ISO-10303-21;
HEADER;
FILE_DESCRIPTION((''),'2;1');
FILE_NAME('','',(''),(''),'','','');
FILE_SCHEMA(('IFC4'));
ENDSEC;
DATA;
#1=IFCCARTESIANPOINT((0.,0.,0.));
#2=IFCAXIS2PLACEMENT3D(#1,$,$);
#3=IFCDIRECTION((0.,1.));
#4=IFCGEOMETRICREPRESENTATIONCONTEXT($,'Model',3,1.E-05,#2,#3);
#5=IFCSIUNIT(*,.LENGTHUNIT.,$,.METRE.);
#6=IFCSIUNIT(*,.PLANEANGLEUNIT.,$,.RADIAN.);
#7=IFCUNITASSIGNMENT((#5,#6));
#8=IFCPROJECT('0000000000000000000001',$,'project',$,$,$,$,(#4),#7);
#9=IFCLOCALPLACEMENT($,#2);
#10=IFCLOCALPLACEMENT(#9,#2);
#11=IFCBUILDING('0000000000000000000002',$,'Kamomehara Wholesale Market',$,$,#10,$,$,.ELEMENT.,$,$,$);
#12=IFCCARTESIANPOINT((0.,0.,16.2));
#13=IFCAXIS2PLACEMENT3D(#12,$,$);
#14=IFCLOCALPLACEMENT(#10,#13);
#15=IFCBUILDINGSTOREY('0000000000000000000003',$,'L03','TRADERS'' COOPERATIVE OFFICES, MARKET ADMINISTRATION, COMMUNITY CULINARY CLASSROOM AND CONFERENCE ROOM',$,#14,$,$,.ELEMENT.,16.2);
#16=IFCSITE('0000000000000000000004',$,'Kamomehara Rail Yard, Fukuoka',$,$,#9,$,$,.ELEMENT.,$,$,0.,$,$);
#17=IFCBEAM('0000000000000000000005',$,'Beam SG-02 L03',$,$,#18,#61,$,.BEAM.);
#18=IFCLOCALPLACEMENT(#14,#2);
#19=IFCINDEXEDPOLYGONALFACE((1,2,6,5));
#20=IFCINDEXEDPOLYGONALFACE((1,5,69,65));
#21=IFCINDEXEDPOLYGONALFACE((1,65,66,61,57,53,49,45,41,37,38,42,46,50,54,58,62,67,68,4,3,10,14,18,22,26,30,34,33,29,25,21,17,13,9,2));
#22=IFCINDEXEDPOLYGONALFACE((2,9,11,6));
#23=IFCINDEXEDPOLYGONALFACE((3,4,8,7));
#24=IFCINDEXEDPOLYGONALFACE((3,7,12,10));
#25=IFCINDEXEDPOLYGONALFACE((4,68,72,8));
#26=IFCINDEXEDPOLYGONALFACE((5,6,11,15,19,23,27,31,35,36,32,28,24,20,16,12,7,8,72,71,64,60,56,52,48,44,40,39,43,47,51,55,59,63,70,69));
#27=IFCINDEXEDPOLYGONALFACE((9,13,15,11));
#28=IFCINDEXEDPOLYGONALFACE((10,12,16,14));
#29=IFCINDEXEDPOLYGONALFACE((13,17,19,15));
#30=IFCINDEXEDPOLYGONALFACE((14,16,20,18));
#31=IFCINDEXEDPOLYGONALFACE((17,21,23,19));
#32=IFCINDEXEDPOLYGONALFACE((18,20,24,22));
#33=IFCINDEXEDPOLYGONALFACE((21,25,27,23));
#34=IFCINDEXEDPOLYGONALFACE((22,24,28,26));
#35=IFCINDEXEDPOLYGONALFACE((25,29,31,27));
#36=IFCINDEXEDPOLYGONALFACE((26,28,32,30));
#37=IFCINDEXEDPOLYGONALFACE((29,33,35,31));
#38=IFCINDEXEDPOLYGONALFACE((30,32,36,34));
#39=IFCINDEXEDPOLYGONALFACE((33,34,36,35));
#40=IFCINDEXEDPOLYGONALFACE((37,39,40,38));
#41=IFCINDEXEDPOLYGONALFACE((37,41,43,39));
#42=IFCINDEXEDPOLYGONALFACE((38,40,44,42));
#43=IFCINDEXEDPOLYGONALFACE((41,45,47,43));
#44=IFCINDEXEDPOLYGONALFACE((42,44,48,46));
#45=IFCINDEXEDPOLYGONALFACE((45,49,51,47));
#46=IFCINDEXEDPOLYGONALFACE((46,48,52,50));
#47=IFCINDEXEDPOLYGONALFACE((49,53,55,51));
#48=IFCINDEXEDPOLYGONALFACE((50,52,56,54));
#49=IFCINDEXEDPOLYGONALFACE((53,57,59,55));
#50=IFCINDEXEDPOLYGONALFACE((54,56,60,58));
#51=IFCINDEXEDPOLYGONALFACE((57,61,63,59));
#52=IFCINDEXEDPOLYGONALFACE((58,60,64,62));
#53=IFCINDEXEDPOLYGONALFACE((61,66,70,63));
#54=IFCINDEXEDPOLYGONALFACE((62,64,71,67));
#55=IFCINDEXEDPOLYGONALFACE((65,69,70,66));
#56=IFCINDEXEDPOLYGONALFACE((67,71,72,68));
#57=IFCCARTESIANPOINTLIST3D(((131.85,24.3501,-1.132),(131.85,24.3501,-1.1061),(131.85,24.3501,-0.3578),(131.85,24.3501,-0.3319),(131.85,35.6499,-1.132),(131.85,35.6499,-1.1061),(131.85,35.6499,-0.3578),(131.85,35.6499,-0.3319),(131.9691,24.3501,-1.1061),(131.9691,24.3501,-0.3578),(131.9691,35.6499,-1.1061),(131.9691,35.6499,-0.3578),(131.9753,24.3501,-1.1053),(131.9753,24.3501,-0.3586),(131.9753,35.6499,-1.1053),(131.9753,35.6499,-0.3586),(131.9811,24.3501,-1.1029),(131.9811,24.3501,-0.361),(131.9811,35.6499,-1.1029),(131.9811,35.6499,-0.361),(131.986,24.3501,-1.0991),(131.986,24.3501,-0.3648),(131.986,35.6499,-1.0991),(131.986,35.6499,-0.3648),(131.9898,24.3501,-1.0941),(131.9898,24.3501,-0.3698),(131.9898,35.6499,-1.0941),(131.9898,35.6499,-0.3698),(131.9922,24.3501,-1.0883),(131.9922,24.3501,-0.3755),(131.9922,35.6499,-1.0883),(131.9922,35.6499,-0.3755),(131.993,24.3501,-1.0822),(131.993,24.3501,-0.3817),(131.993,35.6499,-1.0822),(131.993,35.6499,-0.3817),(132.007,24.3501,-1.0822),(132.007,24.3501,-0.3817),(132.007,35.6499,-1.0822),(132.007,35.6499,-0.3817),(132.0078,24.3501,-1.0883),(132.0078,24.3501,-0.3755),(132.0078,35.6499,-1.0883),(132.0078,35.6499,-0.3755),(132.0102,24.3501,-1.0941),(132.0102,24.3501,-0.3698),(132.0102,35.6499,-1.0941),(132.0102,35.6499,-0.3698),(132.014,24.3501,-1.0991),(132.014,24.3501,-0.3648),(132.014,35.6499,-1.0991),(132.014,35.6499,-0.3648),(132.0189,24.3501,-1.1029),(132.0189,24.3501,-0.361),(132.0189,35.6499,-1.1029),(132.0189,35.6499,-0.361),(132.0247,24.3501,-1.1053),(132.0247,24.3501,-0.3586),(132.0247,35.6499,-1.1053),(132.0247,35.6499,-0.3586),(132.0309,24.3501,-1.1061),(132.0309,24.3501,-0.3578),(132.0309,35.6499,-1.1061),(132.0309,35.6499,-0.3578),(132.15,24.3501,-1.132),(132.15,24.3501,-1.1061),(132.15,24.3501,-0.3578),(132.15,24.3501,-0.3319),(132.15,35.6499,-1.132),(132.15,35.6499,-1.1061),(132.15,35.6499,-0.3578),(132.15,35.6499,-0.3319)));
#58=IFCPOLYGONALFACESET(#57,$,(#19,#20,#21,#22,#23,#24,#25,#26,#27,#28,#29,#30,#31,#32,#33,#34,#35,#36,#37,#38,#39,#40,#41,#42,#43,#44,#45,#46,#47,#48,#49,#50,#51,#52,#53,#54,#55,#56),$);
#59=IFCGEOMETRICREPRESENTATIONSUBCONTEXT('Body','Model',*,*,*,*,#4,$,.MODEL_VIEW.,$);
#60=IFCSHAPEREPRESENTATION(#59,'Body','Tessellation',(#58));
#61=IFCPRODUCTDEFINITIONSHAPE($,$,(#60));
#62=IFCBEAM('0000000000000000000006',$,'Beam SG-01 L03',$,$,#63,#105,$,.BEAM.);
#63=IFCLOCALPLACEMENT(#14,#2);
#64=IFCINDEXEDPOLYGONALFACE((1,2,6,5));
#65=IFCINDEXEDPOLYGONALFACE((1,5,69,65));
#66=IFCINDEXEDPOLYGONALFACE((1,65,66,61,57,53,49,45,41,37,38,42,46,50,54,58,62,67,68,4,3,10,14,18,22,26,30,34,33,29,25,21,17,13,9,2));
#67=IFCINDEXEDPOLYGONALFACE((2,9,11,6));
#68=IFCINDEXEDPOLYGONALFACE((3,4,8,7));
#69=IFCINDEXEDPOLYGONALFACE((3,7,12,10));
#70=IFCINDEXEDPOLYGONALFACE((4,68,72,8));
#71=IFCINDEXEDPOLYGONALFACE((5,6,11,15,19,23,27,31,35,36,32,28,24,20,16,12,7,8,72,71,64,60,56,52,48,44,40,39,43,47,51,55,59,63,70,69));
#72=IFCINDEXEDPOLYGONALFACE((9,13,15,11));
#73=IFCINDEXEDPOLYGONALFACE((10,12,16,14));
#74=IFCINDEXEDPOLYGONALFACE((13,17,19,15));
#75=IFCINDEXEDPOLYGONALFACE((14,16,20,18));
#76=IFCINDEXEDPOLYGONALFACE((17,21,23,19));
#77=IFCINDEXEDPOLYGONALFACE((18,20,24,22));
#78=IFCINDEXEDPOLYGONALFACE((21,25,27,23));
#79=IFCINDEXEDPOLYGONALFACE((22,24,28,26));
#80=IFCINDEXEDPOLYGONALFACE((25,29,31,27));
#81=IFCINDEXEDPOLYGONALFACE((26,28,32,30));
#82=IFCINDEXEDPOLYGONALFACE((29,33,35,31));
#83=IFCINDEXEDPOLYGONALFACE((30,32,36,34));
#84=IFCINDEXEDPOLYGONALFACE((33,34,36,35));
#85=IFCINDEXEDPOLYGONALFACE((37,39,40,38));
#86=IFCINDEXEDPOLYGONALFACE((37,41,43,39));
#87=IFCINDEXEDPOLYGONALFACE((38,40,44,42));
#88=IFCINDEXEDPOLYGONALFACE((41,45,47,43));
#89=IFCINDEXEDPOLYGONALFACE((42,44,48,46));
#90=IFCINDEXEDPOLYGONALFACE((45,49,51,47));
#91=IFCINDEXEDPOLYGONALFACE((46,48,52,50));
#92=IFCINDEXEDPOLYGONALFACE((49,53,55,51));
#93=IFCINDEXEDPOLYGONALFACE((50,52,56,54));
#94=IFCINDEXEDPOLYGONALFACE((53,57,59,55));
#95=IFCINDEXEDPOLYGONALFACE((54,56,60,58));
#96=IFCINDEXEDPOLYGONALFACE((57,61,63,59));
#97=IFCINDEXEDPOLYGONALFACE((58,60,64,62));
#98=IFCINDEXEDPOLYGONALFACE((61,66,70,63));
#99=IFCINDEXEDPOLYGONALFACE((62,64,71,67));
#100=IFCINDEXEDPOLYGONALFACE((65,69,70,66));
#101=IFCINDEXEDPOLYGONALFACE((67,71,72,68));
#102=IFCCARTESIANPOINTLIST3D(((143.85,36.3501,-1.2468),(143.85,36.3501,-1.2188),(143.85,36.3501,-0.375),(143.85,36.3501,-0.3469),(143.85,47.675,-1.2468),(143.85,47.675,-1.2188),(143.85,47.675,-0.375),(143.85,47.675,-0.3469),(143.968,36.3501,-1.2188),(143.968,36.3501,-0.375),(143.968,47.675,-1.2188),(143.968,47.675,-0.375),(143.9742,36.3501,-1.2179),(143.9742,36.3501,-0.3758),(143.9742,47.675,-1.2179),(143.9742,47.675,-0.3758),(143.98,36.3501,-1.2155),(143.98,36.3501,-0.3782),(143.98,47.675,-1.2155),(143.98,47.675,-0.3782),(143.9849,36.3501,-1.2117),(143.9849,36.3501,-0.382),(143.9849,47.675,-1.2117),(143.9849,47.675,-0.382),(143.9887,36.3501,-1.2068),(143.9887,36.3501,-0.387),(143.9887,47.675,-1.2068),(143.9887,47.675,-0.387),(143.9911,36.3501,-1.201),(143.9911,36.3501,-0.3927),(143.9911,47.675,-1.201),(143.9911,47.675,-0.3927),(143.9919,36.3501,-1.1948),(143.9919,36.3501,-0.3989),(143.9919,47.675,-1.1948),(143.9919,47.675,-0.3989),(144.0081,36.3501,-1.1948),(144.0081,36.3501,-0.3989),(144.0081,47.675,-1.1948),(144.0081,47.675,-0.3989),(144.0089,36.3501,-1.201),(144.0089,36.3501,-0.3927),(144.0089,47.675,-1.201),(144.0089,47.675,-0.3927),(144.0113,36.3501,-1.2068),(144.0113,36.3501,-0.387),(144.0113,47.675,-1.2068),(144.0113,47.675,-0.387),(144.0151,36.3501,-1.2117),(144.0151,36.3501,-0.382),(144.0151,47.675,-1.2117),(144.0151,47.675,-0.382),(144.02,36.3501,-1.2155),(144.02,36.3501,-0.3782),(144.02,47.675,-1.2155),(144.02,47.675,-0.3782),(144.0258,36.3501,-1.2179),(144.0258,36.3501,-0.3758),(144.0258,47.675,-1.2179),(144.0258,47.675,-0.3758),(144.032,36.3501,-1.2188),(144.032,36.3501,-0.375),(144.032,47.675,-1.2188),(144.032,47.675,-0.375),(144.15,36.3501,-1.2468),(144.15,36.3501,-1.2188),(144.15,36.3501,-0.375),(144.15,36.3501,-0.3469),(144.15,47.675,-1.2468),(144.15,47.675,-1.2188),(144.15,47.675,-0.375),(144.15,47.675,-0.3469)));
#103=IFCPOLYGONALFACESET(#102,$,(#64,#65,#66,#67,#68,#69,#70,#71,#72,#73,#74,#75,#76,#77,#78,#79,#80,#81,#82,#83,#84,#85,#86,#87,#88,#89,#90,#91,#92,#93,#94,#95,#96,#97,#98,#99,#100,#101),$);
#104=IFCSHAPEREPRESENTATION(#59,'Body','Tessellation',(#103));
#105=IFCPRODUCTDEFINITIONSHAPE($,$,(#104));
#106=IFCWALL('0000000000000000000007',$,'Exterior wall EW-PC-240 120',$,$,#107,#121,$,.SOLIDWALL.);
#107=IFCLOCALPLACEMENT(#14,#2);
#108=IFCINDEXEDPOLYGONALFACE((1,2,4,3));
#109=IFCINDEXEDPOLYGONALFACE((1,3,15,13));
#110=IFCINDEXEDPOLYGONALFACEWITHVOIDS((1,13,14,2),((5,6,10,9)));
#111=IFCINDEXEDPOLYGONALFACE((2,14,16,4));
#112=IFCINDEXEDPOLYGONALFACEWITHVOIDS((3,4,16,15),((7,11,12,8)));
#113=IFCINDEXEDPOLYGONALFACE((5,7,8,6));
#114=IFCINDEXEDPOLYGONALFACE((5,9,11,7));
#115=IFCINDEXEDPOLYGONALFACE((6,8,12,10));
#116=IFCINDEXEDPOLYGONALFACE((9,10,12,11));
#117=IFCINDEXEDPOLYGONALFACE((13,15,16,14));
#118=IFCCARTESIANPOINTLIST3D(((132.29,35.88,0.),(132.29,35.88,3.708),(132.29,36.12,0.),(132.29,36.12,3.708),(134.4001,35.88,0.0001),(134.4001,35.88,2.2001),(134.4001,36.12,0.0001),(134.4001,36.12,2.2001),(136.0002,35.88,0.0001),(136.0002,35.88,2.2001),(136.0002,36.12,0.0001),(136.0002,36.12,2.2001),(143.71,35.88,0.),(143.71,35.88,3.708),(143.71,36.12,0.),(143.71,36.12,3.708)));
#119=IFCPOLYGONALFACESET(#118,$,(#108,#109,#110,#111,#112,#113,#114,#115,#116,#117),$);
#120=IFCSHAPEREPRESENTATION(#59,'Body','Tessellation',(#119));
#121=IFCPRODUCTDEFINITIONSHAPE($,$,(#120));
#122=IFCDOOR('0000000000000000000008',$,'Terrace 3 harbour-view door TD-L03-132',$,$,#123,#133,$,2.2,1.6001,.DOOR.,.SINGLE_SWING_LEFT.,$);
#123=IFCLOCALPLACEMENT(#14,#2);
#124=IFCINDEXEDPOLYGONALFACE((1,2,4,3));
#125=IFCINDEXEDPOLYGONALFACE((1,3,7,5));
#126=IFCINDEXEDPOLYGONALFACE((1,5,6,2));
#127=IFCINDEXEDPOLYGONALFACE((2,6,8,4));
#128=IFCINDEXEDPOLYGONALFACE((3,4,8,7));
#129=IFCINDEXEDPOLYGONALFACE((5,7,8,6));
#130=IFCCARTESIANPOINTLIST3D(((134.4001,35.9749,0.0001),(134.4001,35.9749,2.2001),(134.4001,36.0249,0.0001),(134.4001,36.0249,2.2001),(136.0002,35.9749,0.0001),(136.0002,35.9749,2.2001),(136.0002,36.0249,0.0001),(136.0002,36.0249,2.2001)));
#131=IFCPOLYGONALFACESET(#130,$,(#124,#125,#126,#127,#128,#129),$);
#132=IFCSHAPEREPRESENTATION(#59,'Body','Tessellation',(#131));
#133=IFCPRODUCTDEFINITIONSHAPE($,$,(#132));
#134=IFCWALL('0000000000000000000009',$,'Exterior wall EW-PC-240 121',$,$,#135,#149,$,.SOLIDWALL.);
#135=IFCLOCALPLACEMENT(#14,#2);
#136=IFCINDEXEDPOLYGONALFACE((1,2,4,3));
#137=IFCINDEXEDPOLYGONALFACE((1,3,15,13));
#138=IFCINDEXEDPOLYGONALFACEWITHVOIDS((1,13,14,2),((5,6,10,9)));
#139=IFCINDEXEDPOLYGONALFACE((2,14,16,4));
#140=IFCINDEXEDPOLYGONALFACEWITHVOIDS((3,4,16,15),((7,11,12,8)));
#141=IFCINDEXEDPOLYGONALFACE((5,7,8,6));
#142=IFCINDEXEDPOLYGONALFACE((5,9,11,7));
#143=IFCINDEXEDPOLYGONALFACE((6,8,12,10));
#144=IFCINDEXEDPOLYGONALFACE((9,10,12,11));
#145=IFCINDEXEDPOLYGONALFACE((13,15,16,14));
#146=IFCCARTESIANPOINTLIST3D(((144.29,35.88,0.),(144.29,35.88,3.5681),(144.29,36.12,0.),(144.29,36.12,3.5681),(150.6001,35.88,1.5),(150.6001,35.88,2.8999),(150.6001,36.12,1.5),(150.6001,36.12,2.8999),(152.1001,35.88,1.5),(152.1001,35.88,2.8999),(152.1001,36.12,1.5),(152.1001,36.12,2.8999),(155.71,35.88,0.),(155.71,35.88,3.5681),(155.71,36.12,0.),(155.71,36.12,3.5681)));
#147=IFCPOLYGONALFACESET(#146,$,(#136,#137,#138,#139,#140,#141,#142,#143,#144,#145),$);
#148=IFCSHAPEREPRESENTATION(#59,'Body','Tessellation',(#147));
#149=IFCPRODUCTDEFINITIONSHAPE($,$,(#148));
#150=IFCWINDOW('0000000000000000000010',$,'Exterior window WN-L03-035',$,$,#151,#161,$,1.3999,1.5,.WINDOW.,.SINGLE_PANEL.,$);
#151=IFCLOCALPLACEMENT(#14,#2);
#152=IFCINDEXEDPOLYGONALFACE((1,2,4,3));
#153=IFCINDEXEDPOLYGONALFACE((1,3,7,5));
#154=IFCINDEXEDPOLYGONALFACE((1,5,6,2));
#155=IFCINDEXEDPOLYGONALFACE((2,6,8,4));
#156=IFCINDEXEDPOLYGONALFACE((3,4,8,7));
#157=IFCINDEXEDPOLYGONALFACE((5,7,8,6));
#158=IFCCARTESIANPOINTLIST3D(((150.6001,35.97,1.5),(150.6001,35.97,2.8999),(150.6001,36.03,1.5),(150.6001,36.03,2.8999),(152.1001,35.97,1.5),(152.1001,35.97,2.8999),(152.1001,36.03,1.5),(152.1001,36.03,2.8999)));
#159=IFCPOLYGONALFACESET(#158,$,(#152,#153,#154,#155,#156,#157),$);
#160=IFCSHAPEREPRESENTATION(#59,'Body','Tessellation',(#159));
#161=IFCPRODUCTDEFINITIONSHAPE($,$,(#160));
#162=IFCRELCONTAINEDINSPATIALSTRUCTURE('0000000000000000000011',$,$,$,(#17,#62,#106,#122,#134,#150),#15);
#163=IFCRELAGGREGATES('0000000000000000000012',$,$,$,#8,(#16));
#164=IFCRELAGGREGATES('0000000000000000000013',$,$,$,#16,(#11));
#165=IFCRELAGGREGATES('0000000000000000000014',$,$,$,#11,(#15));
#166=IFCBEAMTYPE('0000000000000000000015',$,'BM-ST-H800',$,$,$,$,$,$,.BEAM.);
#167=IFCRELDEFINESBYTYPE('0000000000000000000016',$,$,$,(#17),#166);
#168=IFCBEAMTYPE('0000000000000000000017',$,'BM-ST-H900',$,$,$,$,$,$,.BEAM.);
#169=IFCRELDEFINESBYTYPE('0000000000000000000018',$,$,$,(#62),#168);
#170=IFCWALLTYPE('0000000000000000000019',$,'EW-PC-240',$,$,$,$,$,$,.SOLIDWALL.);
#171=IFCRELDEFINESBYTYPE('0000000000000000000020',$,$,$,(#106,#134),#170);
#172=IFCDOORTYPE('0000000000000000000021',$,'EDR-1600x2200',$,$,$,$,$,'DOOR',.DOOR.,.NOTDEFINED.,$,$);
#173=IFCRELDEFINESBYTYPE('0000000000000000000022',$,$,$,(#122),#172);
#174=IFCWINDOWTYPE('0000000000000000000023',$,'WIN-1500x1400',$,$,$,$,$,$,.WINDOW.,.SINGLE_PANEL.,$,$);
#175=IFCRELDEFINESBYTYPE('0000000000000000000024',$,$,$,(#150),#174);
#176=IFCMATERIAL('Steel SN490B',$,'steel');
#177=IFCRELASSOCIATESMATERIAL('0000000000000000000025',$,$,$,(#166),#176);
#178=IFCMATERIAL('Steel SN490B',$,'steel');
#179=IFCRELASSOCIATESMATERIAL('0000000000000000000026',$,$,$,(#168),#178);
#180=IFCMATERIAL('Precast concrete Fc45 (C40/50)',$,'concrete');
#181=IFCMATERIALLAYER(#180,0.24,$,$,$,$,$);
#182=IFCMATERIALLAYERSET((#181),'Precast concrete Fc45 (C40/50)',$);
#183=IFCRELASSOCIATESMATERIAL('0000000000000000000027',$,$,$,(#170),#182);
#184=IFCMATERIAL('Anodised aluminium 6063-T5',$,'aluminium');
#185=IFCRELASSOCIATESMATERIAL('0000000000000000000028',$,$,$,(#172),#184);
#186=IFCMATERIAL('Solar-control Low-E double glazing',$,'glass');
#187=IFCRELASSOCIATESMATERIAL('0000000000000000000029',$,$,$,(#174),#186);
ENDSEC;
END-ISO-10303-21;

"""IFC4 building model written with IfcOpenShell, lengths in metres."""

from ifc_helpers import new_model, si_unit, direction, frame, frame_2d, origin, origin_2d, place, context, subcontext, project, spatial, rectangle, i_section, extrude, material, layer, layer_set, material_profile, profile_set, type_object, element, fill, save


model = new_model("IFC4")

# Units and contexts
model_context = context("Model", 3, precision=1e-05, world=origin(), true_north=direction((0.0, 1.0)))
body_context = subcontext(model_context, "Body", "Model", "MODEL_VIEW")
ifc_project = project(units=[si_unit("LENGTHUNIT", "METRE"), si_unit("PLANEANGLEUNIT", "RADIAN")], contexts=[model_context])

# Site, building, storey
site_placement = place(None, origin())
site = spatial("IfcSite", under=ifc_project, at=site_placement, Name="Kamomehara Rail Yard, Fukuoka", CompositionType="ELEMENT", RefElevation=0.0)
building_placement = place(site_placement, origin())
building = spatial("IfcBuilding", under=site, at=building_placement, Name="Kamomehara Wholesale Market", CompositionType="ELEMENT")
storey_placement = place(building_placement, frame((0.0, 0.0, 16.2)))
storey = spatial("IfcBuildingStorey", under=building, at=storey_placement, Name="L03", Description="TRADERS' COOPERATIVE OFFICES, MARKET ADMINISTRATION, COMMUNITY CULINARY CLASSROOM AND CONFERENCE ROOM", CompositionType="ELEMENT", Elevation=16.2)

# Beams
ifc_material_1 = material(Name="Steel SN490B", Category="steel")
ifc_material_profile_1 = material_profile(ifc_material_1, i_section(OverallWidth=0.3, OverallDepth=0.8, WebThickness=0.0139, FlangeThickness=0.0259, FilletRadius=0.0239, at=origin_2d()), Name="H-800x300x14x26")
ifc_profile_set_1 = profile_set([ifc_material_profile_1], Name="Steel SN490B")
beam_type_1 = type_object("IfcBeamType", Name="BM-ST-H800", PredefinedType="BEAM", material=ifc_profile_set_1)
beam_1_placement = place(storey_placement, frame((132.0, 24.3501, -0.7319), z_axis=(0.0, 1.0, 0.0), x_axis=(-1.0, 0.0, 0.0)))
element("IfcBeam", 1, at=beam_1_placement, inside=storey, type_object=beam_type_1, Name="Beam SG-02 L03", PredefinedType="BEAM", context=body_context, shape_type="SweptSolid", body=[
    extrude(i_section(OverallWidth=0.3, OverallDepth=0.8, WebThickness=0.0139, FlangeThickness=0.0259, FilletRadius=0.0239, at=origin_2d()), origin(), (0.0, 0.0, 1.0), 11.2998),
])
ifc_material_2 = material(Name="Steel SN490B", Category="steel")
ifc_material_profile_2 = material_profile(ifc_material_2, i_section(OverallWidth=0.3, OverallDepth=0.8999, WebThickness=0.0161, FlangeThickness=0.0281, FilletRadius=0.0239, at=origin_2d()), Name="H-900x300x16x28")
ifc_profile_set_2 = profile_set([ifc_material_profile_2], Name="Steel SN490B")
beam_type_2 = type_object("IfcBeamType", Name="BM-ST-H900", PredefinedType="BEAM", material=ifc_profile_set_2)
beam_2_placement = place(storey_placement, frame((144.0, 36.3501, -0.7969), z_axis=(0.0, 1.0, 0.0), x_axis=(-1.0, 0.0, 0.0)))
element("IfcBeam", 2, at=beam_2_placement, inside=storey, type_object=beam_type_2, Name="Beam SG-01 L03", PredefinedType="BEAM", context=body_context, shape_type="SweptSolid", body=[
    extrude(i_section(OverallWidth=0.3, OverallDepth=0.8999, WebThickness=0.0161, FlangeThickness=0.0281, FilletRadius=0.0239, at=origin_2d()), origin(), (0.0, 0.0, 1.0), 11.325),
])

# Wall, opening, door
ifc_material_3 = material(Name="Precast concrete Fc45 (C40/50)", Category="concrete")
ifc_layer_1 = layer(ifc_material_3, 0.24)
ifc_layer_set_1 = layer_set([ifc_layer_1], Name="Precast concrete Fc45 (C40/50)")
wall_type_1 = type_object("IfcWallType", Name="EW-PC-240", PredefinedType="SOLIDWALL", material=ifc_layer_set_1)
wall_1_placement = place(storey_placement, frame((132.29, 36.0, 0.0), z_axis=(0.0, 0.0, 1.0), x_axis=(1.0, 0.0, 0.0)))
wall_1 = element("IfcWall", 3, at=wall_1_placement, inside=storey, type_object=wall_type_1, Name="Exterior wall EW-PC-240 120", PredefinedType="SOLIDWALL", context=body_context, shape_type="SweptSolid", body=[
    extrude(rectangle(XDim=11.4199, YDim=0.24, at=frame_2d((5.71, 0.0))), origin(), (0.0, 0.0, 1.0), 3.708),
])
opening_1_placement = place(wall_1_placement, frame((2.1101, 0.0, 0.0)))
opening_1 = element("IfcOpeningElement", 4, at=opening_1_placement, cuts=wall_1, PredefinedType="OPENING", context=body_context, shape_type="SweptSolid", body=[
    extrude(rectangle(XDim=1.6001, YDim=2.2, at=frame_2d((0.8, 1.1001))), frame((0.0, 0.1348, 0.0), z_axis=(0.0, -1.0, 0.0), x_axis=(1.0, 0.0, 0.0)), (0.0, 0.0, 1.0), 0.2698),
])
ifc_material_4 = material(Name="Anodised aluminium 6063-T5", Category="aluminium")
door_type = type_object("IfcDoorType", Name="EDR-1600x2200", ElementType="DOOR", OperationType="NOTDEFINED", PredefinedType="DOOR", material=ifc_material_4)
door_placement = place(opening_1_placement, origin())
door = element("IfcDoor", 5, at=door_placement, inside=storey, type_object=door_type, Name="Terrace 3 harbour-view door TD-L03-132", OperationType="SINGLE_SWING_LEFT", OverallHeight=2.2, OverallWidth=1.6001, PredefinedType="DOOR", context=body_context, shape_type="SweptSolid", body=[
    extrude(rectangle(XDim=1.6001, YDim=2.2, at=frame_2d((0.8, 1.1001))), frame((0.0, 0.0249, 0.0), z_axis=(0.0, -1.0, 0.0), x_axis=(1.0, 0.0, 0.0)), (0.0, 0.0, 1.0), 0.05),
])
fill(opening_1, door)

# Wall, opening, window
wall_2_placement = place(storey_placement, frame((144.29, 36.0, 0.0), z_axis=(0.0, 0.0, 1.0), x_axis=(1.0, 0.0, 0.0)))
wall_2 = element("IfcWall", 6, at=wall_2_placement, inside=storey, type_object=wall_type_1, Name="Exterior wall EW-PC-240 121", PredefinedType="SOLIDWALL", context=body_context, shape_type="SweptSolid", body=[
    extrude(rectangle(XDim=11.4199, YDim=0.24, at=frame_2d((5.71, 0.0))), origin(), (0.0, 0.0, 1.0), 3.5681),
])
opening_2_placement = place(wall_2_placement, frame((6.3101, 0.0, 1.5)))
opening_2 = element("IfcOpeningElement", 7, at=opening_2_placement, cuts=wall_2, PredefinedType="OPENING", context=body_context, shape_type="SweptSolid", body=[
    extrude(rectangle(XDim=1.5, YDim=1.3999, at=frame_2d((0.75, 0.7))), frame((0.0, 0.1348, 0.0), z_axis=(0.0, -1.0, 0.0), x_axis=(1.0, 0.0, 0.0)), (0.0, 0.0, 1.0), 0.2698),
])
ifc_material_5 = material(Name="Solar-control Low-E double glazing", Category="glass")
window_type_1 = type_object("IfcWindowType", Name="WIN-1500x1400", PartitioningType="SINGLE_PANEL", PredefinedType="WINDOW", material=ifc_material_5)
window_1_placement = place(opening_2_placement, origin())
window_1 = element("IfcWindow", 8, at=window_1_placement, inside=storey, type_object=window_type_1, Name="Exterior window WN-L03-035", OverallHeight=1.3999, OverallWidth=1.5, PartitioningType="SINGLE_PANEL", PredefinedType="WINDOW", context=body_context, shape_type="SweptSolid", body=[
    extrude(rectangle(XDim=1.5, YDim=1.3999, at=frame_2d((0.75, 0.7))), frame((0.0, 0.03, 0.0), z_axis=(0.0, -1.0, 0.0), x_axis=(1.0, 0.0, 0.0)), (0.0, 0.0, 1.0), 0.0601),
])
fill(opening_2, window_1)

save(model, "model.ifc")
